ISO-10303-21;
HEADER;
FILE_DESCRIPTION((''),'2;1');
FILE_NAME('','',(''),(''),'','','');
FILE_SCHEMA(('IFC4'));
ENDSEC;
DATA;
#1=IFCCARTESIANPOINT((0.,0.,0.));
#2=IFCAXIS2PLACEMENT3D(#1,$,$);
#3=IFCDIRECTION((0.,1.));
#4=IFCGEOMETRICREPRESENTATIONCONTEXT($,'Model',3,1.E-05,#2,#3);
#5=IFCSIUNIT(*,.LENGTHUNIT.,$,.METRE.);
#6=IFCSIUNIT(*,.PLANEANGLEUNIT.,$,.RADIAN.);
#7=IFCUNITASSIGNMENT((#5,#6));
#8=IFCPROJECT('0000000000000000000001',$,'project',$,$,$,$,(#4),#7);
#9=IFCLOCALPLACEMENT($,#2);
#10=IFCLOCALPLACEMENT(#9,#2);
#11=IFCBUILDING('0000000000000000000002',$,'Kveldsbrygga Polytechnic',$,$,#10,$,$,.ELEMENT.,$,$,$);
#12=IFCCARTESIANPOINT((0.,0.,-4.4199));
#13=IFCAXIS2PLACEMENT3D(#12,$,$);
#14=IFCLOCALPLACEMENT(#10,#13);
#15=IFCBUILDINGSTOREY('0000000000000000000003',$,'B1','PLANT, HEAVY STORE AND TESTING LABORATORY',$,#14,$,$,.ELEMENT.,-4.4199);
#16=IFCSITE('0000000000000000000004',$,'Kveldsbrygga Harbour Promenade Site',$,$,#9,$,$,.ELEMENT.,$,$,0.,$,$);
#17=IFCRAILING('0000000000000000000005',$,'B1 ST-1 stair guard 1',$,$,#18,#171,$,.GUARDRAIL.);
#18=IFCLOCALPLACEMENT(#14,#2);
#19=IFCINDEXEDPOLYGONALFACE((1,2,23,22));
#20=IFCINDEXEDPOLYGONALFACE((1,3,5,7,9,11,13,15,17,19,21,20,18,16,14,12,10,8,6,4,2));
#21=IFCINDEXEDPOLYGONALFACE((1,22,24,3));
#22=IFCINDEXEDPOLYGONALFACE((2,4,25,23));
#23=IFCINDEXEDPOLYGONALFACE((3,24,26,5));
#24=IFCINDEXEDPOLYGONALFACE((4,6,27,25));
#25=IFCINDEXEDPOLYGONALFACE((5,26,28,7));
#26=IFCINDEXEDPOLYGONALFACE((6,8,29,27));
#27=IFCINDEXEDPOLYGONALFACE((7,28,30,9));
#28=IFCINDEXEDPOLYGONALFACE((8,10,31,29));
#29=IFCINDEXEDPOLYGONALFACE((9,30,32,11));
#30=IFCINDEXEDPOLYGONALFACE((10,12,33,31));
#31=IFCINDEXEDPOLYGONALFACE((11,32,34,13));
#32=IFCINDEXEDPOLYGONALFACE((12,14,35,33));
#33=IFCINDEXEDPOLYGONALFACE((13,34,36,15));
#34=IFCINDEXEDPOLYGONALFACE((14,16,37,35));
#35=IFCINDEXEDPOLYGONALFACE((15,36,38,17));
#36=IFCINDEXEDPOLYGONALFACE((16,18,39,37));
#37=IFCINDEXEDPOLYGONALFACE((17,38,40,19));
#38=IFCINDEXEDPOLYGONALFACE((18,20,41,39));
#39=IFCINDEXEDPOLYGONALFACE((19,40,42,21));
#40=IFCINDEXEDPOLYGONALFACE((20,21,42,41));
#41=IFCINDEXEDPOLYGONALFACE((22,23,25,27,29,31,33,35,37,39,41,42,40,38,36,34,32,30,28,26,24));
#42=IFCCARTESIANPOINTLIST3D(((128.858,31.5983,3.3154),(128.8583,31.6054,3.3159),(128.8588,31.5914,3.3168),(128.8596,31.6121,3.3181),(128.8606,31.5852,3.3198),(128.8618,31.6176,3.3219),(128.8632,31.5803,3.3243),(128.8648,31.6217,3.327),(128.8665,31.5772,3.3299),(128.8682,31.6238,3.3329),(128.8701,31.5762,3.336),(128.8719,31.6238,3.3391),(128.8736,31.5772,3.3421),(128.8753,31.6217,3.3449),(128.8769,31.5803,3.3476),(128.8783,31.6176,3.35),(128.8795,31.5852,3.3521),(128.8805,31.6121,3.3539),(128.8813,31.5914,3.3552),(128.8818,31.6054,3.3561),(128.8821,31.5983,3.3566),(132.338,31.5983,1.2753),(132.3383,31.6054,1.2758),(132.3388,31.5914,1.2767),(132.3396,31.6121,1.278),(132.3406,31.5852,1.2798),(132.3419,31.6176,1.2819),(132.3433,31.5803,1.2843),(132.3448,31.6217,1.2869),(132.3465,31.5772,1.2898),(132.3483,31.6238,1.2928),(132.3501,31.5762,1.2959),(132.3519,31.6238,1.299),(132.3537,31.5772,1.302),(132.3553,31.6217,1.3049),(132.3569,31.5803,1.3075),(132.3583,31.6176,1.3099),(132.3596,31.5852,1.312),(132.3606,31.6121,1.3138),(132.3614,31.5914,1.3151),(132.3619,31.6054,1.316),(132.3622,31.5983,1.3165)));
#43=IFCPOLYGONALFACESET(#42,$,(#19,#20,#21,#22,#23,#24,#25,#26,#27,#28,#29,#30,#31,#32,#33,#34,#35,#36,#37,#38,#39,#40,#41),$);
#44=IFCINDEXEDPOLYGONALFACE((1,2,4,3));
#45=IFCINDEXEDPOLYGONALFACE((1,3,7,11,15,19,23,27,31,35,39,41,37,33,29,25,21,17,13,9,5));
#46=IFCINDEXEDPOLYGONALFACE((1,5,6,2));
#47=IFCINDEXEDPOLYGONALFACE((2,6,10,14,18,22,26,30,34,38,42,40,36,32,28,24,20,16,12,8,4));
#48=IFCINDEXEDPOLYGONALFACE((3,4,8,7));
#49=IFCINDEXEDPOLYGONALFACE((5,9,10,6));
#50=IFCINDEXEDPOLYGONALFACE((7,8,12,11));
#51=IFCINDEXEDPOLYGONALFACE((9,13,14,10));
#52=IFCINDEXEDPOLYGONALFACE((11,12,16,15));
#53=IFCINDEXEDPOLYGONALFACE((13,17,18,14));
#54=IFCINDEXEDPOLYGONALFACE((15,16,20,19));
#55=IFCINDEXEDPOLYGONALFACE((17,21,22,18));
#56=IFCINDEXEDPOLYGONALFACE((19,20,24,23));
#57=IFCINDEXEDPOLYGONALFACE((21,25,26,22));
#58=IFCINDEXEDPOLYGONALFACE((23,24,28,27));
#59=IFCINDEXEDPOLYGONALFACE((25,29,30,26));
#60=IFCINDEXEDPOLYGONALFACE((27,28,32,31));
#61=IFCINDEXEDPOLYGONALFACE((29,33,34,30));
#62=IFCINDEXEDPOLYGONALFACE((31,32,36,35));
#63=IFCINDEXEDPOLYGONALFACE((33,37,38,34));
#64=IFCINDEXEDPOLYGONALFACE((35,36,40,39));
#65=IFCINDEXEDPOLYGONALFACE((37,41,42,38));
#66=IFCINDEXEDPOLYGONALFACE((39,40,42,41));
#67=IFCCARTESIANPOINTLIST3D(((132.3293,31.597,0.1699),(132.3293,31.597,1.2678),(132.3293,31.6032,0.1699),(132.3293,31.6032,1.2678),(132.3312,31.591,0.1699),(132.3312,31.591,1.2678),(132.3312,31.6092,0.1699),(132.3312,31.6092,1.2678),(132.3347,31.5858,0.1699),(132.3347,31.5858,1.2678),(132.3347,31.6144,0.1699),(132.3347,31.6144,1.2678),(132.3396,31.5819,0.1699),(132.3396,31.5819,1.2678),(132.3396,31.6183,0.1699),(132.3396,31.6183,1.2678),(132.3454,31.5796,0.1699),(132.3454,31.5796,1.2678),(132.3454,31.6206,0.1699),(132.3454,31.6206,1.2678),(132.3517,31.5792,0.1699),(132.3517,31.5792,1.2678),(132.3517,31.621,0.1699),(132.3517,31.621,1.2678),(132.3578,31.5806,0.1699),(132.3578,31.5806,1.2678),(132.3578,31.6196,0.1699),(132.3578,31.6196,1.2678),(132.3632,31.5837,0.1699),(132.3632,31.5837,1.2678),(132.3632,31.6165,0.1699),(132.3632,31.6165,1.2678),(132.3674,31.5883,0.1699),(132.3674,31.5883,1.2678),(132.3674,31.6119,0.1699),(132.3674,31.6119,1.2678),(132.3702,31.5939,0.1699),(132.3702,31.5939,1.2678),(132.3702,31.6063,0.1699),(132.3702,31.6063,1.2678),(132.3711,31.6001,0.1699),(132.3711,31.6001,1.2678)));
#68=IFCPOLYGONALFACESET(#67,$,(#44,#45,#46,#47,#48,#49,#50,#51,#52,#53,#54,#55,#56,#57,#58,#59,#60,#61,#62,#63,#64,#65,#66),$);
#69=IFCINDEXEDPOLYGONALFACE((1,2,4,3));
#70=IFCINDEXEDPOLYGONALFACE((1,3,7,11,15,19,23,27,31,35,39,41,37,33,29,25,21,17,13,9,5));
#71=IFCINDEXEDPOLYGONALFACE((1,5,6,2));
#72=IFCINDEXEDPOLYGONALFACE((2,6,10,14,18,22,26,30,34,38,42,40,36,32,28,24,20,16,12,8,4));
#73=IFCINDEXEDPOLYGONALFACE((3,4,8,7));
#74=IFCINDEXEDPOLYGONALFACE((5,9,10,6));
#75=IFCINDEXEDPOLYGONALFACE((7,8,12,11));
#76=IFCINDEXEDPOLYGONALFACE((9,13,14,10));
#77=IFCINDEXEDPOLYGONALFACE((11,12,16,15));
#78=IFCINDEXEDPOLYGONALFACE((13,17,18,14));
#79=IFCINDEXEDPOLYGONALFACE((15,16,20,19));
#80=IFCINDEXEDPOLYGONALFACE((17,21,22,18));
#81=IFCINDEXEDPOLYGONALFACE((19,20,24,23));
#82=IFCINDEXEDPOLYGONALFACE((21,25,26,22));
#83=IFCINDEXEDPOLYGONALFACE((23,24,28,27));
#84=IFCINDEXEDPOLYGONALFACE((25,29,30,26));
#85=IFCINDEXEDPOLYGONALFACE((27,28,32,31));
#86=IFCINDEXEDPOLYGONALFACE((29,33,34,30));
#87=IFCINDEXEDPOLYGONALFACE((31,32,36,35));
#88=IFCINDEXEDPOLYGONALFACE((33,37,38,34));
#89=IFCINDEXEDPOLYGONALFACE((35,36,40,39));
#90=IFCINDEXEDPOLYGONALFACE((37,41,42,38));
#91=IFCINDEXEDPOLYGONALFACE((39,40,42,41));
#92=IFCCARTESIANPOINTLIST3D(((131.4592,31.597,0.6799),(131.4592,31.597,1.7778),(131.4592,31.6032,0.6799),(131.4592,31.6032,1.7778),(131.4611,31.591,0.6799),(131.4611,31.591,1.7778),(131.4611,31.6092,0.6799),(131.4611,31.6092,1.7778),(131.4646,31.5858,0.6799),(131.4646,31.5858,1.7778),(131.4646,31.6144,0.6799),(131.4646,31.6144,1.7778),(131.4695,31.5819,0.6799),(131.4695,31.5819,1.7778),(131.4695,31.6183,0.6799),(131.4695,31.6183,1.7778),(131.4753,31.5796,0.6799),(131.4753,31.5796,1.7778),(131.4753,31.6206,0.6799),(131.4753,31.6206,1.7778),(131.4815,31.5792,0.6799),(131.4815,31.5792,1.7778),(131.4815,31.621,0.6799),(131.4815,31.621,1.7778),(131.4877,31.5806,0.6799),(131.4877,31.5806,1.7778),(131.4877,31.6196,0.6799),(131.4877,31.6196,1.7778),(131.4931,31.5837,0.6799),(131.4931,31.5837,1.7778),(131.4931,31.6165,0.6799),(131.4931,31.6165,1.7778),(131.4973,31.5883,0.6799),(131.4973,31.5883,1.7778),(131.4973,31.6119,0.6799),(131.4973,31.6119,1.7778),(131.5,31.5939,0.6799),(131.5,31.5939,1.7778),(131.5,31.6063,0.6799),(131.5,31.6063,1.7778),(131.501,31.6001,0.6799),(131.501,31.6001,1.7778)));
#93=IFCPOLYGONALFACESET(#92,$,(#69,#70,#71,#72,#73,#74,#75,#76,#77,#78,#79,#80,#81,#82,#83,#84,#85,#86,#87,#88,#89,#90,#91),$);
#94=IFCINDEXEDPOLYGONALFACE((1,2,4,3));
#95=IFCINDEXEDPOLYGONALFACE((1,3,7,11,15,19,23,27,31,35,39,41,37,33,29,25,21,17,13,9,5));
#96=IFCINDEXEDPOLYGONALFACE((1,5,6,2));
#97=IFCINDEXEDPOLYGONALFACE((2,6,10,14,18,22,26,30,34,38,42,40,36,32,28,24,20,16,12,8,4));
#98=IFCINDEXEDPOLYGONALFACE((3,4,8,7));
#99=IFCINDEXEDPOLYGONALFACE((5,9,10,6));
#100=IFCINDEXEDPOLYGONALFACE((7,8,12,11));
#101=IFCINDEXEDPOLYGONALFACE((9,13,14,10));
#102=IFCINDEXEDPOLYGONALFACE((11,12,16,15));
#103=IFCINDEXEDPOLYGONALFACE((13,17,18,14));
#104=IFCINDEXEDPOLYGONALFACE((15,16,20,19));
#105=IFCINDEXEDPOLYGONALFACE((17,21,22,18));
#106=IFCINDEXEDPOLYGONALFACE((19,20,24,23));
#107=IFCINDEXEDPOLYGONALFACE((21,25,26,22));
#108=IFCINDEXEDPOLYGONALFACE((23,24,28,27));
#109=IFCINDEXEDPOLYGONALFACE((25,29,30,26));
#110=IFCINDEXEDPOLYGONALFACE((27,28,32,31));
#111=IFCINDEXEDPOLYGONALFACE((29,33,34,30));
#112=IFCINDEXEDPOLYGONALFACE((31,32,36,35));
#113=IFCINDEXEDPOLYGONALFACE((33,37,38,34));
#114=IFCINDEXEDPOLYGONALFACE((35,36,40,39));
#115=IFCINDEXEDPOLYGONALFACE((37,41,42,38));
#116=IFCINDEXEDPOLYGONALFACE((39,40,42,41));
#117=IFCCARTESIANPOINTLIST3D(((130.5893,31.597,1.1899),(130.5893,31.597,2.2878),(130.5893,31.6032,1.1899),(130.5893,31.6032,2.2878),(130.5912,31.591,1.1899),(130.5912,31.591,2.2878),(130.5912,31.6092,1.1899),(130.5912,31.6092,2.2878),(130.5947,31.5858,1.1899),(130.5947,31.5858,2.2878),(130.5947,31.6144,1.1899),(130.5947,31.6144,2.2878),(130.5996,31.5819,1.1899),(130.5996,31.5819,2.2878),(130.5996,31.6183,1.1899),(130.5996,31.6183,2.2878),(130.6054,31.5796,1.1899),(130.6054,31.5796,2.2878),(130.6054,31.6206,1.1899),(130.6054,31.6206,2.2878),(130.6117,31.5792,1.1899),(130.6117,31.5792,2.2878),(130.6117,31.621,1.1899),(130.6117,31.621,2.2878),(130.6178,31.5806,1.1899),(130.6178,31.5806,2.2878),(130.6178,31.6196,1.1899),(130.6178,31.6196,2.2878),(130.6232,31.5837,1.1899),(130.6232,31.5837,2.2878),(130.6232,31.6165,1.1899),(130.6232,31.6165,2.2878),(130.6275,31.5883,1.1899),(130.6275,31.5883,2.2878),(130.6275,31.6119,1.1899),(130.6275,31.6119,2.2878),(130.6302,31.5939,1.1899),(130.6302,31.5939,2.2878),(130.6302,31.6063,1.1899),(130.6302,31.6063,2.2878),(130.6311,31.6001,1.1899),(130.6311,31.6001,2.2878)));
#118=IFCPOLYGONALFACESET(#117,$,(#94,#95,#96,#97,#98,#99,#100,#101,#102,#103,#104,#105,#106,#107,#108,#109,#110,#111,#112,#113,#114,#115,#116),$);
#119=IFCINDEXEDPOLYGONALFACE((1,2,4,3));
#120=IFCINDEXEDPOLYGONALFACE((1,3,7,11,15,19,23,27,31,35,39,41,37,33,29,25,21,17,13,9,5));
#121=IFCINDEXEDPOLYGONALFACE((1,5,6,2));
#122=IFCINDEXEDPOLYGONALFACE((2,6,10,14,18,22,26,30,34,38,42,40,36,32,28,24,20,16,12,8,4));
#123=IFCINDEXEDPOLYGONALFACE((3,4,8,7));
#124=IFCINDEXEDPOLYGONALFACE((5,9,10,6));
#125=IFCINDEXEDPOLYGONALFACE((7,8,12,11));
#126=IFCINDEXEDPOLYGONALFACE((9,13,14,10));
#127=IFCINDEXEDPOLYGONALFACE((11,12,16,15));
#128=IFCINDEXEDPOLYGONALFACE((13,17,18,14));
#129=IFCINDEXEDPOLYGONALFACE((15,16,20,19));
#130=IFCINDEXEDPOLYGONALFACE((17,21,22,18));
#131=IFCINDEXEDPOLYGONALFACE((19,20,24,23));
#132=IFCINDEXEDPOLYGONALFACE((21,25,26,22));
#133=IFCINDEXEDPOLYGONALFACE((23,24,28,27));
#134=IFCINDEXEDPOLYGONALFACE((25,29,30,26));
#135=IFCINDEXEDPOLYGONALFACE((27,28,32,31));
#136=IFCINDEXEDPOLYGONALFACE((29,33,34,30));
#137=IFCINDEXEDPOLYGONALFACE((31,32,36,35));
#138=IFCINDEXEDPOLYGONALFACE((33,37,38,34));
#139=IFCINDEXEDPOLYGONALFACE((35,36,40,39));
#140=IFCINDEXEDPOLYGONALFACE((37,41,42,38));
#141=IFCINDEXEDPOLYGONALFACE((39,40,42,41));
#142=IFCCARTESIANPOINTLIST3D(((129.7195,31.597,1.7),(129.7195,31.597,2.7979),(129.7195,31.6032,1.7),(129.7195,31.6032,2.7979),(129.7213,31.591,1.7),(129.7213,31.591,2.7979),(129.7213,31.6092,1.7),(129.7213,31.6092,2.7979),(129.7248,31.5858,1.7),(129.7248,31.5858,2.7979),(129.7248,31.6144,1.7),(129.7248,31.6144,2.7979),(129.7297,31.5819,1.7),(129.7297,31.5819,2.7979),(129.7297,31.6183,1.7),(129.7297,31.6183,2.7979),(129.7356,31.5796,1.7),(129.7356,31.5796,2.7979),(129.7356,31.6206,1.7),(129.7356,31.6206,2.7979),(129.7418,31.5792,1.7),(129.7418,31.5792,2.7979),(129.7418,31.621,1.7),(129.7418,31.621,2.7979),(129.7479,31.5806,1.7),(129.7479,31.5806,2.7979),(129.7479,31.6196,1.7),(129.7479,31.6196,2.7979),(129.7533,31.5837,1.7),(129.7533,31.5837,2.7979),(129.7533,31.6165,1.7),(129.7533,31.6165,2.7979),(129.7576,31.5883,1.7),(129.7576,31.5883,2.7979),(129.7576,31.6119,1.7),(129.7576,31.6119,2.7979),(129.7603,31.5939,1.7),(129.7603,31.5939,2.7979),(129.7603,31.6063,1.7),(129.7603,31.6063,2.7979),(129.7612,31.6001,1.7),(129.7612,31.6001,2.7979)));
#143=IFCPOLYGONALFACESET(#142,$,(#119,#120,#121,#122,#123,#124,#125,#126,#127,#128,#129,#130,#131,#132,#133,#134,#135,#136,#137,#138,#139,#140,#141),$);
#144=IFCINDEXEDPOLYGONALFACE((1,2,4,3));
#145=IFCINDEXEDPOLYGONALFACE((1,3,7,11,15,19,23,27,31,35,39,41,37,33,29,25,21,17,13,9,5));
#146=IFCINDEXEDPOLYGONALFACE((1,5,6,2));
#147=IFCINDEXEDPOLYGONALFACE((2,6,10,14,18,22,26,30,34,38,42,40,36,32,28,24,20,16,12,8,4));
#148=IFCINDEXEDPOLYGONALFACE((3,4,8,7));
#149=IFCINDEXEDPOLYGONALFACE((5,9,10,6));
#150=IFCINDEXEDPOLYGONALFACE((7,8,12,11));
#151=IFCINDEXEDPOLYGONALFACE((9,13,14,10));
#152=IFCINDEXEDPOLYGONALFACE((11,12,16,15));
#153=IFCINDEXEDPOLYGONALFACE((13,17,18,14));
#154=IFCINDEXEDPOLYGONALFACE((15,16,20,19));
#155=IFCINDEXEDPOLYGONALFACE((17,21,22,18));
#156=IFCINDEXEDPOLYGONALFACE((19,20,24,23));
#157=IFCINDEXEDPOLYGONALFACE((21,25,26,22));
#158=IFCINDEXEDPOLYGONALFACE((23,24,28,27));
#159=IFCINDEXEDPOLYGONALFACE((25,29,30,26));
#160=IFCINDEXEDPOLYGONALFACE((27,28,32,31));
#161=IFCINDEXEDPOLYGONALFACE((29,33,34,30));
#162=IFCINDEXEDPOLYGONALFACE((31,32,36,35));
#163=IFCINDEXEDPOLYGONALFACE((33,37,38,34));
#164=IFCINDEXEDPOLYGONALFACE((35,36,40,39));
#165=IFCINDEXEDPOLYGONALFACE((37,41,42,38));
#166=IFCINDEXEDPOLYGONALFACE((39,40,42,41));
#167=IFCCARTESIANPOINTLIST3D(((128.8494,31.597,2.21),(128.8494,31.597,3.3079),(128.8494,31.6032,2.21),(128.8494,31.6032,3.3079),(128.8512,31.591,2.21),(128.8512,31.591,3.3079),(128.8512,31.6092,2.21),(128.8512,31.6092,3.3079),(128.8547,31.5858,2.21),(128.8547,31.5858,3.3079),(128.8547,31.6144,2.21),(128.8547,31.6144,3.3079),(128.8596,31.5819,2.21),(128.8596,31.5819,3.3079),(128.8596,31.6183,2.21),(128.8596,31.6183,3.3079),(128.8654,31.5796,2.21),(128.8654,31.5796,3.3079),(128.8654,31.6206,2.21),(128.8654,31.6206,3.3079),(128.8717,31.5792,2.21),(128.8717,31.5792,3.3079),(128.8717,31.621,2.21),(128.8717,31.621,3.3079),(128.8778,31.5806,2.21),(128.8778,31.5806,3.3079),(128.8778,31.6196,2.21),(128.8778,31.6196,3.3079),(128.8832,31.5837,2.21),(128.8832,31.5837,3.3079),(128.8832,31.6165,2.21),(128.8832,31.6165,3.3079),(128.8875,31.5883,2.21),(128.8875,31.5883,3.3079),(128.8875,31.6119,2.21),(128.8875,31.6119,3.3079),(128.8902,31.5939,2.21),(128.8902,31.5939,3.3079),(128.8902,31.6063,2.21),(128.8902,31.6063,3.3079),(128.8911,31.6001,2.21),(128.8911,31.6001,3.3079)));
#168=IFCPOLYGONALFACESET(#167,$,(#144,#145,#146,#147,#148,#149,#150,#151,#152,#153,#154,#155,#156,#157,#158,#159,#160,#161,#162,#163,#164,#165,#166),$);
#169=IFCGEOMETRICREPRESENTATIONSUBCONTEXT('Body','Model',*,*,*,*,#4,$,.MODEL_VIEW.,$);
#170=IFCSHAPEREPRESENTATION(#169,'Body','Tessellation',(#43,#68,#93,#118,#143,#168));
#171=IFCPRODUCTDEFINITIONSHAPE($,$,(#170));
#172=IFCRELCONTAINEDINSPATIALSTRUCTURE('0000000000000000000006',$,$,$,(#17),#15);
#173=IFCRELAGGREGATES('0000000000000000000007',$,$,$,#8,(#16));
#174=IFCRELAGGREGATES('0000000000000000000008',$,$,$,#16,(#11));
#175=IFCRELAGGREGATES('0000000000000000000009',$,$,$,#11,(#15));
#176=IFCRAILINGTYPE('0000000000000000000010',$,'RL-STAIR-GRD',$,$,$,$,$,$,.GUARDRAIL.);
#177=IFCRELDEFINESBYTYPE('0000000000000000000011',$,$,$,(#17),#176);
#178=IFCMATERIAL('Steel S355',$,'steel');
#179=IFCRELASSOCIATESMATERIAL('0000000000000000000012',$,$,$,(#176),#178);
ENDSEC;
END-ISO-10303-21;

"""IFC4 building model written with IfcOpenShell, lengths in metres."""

from ifc_helpers import new_model, si_unit, direction, frame, origin, origin_2d, place, context, subcontext, project, spatial, circle, extrude, material, type_object, element, save


model = new_model("IFC4")

# Units and contexts
model_context = context("Model", 3, precision=1e-05, world=origin(), true_north=direction((0.0, 1.0)))
body_context = subcontext(model_context, "Body", "Model", "MODEL_VIEW")
ifc_project = project(units=[si_unit("LENGTHUNIT", "METRE"), si_unit("PLANEANGLEUNIT", "RADIAN")], contexts=[model_context])

# Site, building, storey
site_placement = place(None, origin())
site = spatial("IfcSite", under=ifc_project, at=site_placement, Name="Kveldsbrygga Harbour Promenade Site", CompositionType="ELEMENT", RefElevation=0.0)
building_placement = place(site_placement, origin())
building = spatial("IfcBuilding", under=site, at=building_placement, Name="Kveldsbrygga Polytechnic", CompositionType="ELEMENT")
storey_placement = place(building_placement, frame((0.0, 0.0, -4.4199)))
storey = spatial("IfcBuildingStorey", under=building, at=storey_placement, Name="B1", Description="PLANT, HEAVY STORE AND TESTING LABORATORY", CompositionType="ELEMENT", Elevation=-4.4199)

# Railing
ifc_material_1 = material(Name="Steel S355", Category="steel")
railing_type_1 = type_object("IfcRailingType", Name="RL-STAIR-GRD", PredefinedType="GUARDRAIL", material=ifc_material_1)
railing_1_placement = place(storey_placement, frame((132.3501, 31.6001, 0.1699)))
element("IfcRailing", 1, at=railing_1_placement, inside=storey, type_object=railing_type_1, Name="B1 ST-1 stair guard 1", PredefinedType="GUARDRAIL", context=body_context, shape_type="SweptSolid", body=[
    extrude(circle(Radius=0.0239, at=origin_2d()), frame((0.0, 0.0, 1.126), z_axis=(-0.862693, 0.0, 0.505729), x_axis=(0.0, -1.0, 0.0)), (0.0, 0.0, 1.0), 4.0339),
    extrude(circle(Radius=0.021, at=origin_2d()), origin(), (0.0, 0.0, 1.0), 1.0979),
    extrude(circle(Radius=0.021, at=origin_2d()), frame((-0.8701, 0.0, 0.51)), (0.0, 0.0, 1.0), 1.0979),
    extrude(circle(Radius=0.021, at=origin_2d()), frame((-1.74, 0.0, 1.02)), (0.0, 0.0, 1.0), 1.0979),
    extrude(circle(Radius=0.021, at=origin_2d()), frame((-2.6099, 0.0, 1.53)), (0.0, 0.0, 1.0), 1.0979),
    extrude(circle(Radius=0.021, at=origin_2d()), frame((-3.48, 0.0, 2.04)), (0.0, 0.0, 1.0), 1.0979),
])

save(model, "model.ifc")
